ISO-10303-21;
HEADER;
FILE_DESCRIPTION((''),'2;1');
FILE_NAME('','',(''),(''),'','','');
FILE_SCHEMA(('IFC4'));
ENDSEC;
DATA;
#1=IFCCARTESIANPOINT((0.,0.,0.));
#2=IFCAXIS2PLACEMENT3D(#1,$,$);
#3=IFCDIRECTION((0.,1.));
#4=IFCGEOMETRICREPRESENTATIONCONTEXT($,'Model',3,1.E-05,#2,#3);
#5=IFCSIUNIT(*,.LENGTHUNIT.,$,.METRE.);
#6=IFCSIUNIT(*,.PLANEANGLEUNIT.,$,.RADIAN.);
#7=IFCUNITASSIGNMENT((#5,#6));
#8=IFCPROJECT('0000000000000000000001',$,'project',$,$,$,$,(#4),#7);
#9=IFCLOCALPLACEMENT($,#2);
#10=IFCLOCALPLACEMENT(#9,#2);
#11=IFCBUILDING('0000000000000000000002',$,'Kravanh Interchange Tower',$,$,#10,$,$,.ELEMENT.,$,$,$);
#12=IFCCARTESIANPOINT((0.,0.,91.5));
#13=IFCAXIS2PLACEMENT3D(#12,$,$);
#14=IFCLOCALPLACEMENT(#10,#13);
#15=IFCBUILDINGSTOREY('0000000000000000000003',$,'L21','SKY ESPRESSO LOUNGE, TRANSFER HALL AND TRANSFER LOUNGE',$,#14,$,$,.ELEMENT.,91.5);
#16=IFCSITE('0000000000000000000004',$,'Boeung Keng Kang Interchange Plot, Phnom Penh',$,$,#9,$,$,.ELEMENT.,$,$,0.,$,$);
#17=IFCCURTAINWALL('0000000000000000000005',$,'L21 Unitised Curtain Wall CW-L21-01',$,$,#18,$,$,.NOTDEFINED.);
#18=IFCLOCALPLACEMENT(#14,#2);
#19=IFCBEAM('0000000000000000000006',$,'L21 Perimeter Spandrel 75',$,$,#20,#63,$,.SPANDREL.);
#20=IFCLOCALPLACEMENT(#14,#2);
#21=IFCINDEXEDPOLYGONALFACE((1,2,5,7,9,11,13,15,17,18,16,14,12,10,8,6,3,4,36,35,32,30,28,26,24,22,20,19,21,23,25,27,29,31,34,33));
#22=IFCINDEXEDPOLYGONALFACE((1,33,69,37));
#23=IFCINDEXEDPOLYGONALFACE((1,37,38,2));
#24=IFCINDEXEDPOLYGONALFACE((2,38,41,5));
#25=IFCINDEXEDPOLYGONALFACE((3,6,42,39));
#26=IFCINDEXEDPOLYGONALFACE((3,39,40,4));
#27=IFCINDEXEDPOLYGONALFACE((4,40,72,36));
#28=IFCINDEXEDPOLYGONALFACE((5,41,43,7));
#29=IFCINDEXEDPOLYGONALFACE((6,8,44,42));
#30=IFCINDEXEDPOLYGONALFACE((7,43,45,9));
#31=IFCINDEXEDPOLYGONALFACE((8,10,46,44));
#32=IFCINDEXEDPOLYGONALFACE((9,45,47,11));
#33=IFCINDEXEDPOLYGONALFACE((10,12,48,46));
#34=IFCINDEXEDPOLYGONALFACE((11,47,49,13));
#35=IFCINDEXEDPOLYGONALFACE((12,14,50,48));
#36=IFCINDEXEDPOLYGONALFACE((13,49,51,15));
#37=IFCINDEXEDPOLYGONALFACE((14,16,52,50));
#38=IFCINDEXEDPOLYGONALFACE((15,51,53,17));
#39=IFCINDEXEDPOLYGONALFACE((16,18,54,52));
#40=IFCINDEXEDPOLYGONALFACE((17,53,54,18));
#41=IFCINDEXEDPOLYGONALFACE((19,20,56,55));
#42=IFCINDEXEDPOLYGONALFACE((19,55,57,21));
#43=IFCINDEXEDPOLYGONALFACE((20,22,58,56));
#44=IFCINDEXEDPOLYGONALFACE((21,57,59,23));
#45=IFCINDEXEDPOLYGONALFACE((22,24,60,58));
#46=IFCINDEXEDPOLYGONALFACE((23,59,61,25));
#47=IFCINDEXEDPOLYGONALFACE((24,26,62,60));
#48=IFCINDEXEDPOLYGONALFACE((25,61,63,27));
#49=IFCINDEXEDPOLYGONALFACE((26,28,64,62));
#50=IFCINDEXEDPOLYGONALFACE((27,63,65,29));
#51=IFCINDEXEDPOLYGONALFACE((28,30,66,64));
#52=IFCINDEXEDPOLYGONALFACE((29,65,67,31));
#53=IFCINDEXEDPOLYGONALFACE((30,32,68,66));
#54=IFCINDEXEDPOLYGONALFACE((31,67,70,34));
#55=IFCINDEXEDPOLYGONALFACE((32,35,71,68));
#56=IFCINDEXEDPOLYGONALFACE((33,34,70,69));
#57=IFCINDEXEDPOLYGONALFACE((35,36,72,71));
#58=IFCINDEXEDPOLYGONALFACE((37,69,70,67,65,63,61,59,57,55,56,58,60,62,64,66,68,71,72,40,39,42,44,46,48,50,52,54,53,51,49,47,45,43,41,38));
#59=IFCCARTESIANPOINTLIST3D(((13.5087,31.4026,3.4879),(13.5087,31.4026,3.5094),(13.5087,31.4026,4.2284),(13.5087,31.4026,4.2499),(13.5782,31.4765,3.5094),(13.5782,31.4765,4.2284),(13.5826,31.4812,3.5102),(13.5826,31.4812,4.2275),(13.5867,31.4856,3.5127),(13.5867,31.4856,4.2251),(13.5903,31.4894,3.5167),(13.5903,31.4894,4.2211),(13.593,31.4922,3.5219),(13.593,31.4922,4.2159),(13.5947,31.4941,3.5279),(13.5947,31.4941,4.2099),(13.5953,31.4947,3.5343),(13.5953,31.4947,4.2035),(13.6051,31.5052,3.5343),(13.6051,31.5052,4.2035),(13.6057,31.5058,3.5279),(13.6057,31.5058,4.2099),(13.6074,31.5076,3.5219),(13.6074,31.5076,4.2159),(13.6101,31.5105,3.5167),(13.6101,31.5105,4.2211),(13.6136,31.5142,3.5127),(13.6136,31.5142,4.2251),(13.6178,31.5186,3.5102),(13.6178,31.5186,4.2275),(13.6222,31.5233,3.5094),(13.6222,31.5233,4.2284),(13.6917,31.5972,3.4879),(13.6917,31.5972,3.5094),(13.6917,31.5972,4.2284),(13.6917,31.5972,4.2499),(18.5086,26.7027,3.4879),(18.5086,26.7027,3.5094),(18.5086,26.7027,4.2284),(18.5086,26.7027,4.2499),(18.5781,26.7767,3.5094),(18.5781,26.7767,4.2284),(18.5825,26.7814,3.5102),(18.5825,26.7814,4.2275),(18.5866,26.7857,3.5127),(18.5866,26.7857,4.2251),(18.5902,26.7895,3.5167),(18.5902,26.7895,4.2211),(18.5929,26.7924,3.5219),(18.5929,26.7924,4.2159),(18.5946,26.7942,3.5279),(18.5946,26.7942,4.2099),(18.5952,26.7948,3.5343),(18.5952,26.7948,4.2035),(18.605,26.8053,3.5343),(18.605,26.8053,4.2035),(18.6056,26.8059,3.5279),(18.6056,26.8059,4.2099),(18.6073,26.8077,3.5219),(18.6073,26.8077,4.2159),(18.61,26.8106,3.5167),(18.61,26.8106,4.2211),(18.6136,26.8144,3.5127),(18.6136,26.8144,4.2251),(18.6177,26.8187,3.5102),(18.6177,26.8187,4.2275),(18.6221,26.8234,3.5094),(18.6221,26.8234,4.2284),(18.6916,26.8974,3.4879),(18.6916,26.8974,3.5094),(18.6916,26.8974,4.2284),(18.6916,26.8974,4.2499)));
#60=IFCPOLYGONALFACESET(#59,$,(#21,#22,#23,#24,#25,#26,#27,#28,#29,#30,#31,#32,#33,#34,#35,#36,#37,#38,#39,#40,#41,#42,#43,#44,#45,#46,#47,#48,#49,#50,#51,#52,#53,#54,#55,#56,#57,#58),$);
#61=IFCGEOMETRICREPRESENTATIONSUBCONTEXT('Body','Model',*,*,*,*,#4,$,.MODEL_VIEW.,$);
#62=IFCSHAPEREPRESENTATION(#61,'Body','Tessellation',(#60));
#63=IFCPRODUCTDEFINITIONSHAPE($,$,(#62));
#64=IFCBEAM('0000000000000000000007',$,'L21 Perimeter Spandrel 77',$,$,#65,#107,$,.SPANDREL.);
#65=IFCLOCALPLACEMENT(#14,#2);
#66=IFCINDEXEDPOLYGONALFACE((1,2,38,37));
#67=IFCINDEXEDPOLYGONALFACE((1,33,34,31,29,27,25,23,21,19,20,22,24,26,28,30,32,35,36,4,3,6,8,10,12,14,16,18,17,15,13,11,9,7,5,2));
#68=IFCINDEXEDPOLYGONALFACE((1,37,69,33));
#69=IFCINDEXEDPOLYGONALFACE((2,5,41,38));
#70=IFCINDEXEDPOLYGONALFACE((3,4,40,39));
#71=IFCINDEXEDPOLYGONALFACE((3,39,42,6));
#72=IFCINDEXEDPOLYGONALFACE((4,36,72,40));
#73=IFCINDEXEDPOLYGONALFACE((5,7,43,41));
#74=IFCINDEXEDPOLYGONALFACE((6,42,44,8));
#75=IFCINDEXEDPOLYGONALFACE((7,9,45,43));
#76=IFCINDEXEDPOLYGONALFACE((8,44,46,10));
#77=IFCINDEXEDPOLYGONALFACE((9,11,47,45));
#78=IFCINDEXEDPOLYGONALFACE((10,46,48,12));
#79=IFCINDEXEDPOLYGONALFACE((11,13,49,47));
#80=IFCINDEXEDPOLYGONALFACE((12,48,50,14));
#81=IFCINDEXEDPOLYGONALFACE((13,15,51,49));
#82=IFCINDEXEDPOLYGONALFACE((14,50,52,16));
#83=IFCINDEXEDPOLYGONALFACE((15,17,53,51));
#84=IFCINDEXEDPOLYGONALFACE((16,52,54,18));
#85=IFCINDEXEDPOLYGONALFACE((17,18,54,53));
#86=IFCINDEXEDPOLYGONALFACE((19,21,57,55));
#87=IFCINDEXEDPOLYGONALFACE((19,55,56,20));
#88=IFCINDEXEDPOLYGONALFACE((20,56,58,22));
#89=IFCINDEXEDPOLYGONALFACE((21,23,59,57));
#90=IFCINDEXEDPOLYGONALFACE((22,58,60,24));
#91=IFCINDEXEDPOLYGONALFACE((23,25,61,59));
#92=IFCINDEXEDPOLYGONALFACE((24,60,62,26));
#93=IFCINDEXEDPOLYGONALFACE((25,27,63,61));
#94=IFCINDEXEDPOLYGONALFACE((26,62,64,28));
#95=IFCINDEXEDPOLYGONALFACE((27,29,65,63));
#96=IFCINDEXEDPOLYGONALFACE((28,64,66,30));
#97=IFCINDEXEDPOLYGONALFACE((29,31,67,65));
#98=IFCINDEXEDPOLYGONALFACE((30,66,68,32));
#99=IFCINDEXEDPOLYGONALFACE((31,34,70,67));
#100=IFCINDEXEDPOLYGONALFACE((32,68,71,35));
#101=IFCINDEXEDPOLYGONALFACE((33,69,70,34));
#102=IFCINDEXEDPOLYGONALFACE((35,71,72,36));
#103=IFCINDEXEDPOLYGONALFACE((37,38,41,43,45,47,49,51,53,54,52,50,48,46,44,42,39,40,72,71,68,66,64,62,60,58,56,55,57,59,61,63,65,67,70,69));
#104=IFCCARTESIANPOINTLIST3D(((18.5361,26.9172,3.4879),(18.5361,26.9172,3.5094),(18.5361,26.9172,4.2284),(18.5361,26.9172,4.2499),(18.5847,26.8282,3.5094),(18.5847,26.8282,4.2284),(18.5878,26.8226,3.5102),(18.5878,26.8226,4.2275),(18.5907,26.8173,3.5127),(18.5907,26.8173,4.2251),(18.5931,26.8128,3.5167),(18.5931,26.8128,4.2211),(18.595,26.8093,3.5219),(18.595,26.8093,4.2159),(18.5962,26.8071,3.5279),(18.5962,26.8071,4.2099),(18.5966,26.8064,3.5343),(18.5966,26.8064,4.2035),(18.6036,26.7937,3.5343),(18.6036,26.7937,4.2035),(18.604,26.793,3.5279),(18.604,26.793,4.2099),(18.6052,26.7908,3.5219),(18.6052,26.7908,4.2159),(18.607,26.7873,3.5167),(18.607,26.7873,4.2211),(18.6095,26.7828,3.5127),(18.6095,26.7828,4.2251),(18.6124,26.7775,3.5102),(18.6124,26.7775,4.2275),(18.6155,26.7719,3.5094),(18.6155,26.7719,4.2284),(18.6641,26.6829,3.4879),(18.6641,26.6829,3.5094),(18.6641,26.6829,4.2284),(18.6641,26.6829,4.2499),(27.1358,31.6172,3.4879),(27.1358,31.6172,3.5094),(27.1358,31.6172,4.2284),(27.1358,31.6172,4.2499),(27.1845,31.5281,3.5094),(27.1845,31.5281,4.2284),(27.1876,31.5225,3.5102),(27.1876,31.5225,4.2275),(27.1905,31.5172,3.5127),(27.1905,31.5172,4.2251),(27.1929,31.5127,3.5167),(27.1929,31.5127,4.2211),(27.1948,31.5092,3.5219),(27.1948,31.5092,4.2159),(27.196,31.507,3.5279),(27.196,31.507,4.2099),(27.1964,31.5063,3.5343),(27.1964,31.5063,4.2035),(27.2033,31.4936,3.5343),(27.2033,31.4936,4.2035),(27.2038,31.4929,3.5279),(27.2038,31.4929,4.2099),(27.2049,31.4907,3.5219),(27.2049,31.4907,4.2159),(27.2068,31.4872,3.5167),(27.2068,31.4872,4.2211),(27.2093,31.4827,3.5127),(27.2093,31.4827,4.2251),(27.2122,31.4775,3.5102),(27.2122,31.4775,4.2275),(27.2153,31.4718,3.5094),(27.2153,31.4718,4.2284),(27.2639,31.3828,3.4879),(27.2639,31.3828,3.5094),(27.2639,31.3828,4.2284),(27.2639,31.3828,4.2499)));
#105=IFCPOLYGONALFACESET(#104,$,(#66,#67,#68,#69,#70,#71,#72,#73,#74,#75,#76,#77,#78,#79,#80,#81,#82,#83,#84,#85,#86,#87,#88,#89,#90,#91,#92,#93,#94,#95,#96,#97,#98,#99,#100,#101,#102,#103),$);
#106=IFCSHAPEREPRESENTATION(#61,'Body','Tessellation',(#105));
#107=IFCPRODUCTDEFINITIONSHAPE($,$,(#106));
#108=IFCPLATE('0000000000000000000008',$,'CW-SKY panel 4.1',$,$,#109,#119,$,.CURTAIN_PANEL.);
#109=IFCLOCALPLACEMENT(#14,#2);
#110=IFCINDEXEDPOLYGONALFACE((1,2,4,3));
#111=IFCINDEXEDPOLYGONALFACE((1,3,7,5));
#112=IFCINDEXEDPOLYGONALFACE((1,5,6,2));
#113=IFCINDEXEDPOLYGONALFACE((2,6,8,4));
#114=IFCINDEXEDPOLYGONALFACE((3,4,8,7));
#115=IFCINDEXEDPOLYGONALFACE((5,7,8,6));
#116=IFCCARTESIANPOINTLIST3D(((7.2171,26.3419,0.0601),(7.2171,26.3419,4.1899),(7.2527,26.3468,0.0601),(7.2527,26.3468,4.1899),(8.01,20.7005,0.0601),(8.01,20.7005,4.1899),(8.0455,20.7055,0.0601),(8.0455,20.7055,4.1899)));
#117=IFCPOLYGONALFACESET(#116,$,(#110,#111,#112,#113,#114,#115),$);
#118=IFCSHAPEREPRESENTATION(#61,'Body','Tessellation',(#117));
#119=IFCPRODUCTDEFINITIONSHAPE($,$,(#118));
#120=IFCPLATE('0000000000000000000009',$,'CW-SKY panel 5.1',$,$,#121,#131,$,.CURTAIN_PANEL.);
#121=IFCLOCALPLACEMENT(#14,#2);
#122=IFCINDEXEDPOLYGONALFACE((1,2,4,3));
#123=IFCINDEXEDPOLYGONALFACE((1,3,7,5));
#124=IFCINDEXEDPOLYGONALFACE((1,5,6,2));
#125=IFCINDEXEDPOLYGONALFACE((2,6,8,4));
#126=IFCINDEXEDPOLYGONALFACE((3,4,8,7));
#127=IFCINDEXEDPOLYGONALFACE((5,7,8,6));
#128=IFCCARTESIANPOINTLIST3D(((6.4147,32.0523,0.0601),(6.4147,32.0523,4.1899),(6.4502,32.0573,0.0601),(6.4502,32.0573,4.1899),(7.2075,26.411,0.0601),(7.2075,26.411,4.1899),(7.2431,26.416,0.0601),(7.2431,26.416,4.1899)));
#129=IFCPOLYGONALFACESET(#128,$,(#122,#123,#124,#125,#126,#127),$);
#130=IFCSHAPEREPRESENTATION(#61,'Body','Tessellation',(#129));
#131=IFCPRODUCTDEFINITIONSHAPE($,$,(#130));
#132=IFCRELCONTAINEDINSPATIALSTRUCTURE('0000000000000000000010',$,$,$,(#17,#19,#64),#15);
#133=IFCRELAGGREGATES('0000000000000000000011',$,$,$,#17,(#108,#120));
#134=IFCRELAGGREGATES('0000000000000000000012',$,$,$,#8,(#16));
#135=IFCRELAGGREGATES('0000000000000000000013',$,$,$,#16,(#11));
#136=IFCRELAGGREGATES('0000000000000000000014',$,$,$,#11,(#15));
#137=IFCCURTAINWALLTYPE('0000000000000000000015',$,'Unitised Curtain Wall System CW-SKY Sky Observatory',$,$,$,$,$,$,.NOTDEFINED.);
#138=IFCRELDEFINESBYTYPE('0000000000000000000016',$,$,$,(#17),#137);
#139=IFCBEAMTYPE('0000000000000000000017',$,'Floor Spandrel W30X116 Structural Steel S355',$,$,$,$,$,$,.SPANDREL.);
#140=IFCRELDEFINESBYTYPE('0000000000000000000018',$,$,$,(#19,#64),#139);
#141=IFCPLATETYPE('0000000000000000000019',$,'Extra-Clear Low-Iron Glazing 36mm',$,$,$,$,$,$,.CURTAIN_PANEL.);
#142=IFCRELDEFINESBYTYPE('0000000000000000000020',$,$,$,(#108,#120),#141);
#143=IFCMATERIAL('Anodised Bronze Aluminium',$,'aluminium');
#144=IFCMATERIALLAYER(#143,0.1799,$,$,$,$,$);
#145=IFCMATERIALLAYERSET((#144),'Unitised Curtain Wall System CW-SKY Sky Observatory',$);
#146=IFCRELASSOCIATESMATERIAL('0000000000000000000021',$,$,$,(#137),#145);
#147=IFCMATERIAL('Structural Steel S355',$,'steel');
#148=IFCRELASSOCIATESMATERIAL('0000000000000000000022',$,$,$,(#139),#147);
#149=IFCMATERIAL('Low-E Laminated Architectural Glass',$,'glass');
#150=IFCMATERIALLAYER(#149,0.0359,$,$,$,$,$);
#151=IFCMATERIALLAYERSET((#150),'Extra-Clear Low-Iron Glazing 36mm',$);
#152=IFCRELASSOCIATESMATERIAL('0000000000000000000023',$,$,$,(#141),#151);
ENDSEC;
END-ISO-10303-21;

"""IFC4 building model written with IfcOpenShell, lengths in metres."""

from ifc_helpers import new_model, si_unit, direction, frame, origin, origin_2d, place, context, subcontext, project, spatial, rectangle, i_section, extrude, material, layer, layer_set, material_profile, profile_set, type_object, element, aggregate, save


model = new_model("IFC4")

# Units and contexts
model_context = context("Model", 3, precision=1e-05, world=origin(), true_north=direction((0.0, 1.0)))
body_context = subcontext(model_context, "Body", "Model", "MODEL_VIEW")
ifc_project = project(units=[si_unit("LENGTHUNIT", "METRE"), si_unit("PLANEANGLEUNIT", "RADIAN")], contexts=[model_context])

# Site, building, storey
site_placement = place(None, origin())
site = spatial("IfcSite", under=ifc_project, at=site_placement, Name="Boeung Keng Kang Interchange Plot, Phnom Penh", CompositionType="ELEMENT", RefElevation=0.0)
building_placement = place(site_placement, origin())
building = spatial("IfcBuilding", under=site, at=building_placement, Name="Kravanh Interchange Tower", CompositionType="ELEMENT")
storey_placement = place(building_placement, frame((0.0, 0.0, 91.5)))
storey = spatial("IfcBuildingStorey", under=building, at=storey_placement, Name="L21", Description="SKY ESPRESSO LOUNGE, TRANSFER HALL AND TRANSFER LOUNGE", CompositionType="ELEMENT", Elevation=91.5)

# Curtain wall
ifc_material_1 = material(Name="Anodised Bronze Aluminium", Category="aluminium")
ifc_layer_1 = layer(ifc_material_1, 0.1799)
ifc_layer_set_1 = layer_set([ifc_layer_1], Name="Unitised Curtain Wall System CW-SKY Sky Observatory")
curtain_wall_type = type_object("IfcCurtainWallType", Name="Unitised Curtain Wall System CW-SKY Sky Observatory", PredefinedType="NOTDEFINED", material=ifc_layer_set_1)
curtain_wall_placement = place(storey_placement, origin())
curtain_wall = element("IfcCurtainWall", 1, at=curtain_wall_placement, inside=storey, type_object=curtain_wall_type, Name="L21 Unitised Curtain Wall CW-L21-01", PredefinedType="NOTDEFINED")

# Beams
ifc_material_2 = material(Name="Structural Steel S355", Category="steel")
ifc_material_profile_1 = material_profile(ifc_material_2, i_section(OverallWidth=0.2671, OverallDepth=0.762, WebThickness=0.0144, FlangeThickness=0.0215, FilletRadius=0.0249, at=origin_2d()), Name="W30X116")
ifc_profile_set_1 = profile_set([ifc_material_profile_1], Name="Structural Steel S355")
beam_type_1 = type_object("IfcBeamType", Name="Floor Spandrel W30X116 Structural Steel S355", PredefinedType="SPANDREL", material=ifc_profile_set_1)
for number, where, z_axis, x_axis, name in (
    (2, (18.6001, 26.8, 3.8689), (-0.728631, 0.684906, 0.0), (-0.684906, -0.728631, 0.0), "L21 Perimeter Spandrel 75"),
):
    element("IfcBeam", number, at=place(storey_placement, frame(where, z_axis=z_axis, x_axis=x_axis)), inside=storey, type_object=beam_type_1, Name=name, PredefinedType="SPANDREL", context=body_context, shape_type="SweptSolid", body=[
        extrude(i_section(OverallWidth=0.2671, OverallDepth=0.762, WebThickness=0.0144, FlangeThickness=0.0215, FilletRadius=0.0249, at=origin_2d()), origin(), (0.0, 0.0, 1.0), 6.8621),
    ])
beam_1_placement = place(storey_placement, frame((18.6001, 26.8, 3.8689), z_axis=(0.877504, 0.479569, 0.0), x_axis=(-0.479569, 0.877504, 0.0)))
element("IfcBeam", 3, at=beam_1_placement, inside=storey, type_object=beam_type_1, Name="L21 Perimeter Spandrel 77", PredefinedType="SPANDREL", context=body_context, shape_type="SweptSolid", body=[
    extrude(i_section(OverallWidth=0.2671, OverallDepth=0.762, WebThickness=0.0144, FlangeThickness=0.0215, FilletRadius=0.0249, at=origin_2d()), origin(), (0.0, 0.0, 1.0), 9.8003),
])

# Plates
ifc_material_3 = material(Name="Low-E Laminated Architectural Glass", Category="glass")
ifc_layer_2 = layer(ifc_material_3, 0.0359)
ifc_layer_set_2 = layer_set([ifc_layer_2], Name="Extra-Clear Low-Iron Glazing 36mm")
plate_type = type_object("IfcPlateType", Name="Extra-Clear Low-Iron Glazing 36mm", PredefinedType="CURTAIN_PANEL", material=ifc_layer_set_2)
plate_1_placement = place(storey_placement, frame((7.6313, 23.5237, 0.0601), z_axis=(0.0, 0.0, 1.0), x_axis=(-0.139177, 0.990268, 0.0)))
plate_1 = element("IfcPlate", 4, at=plate_1_placement, type_object=plate_type, Name="CW-SKY panel 4.1", PredefinedType="CURTAIN_PANEL", context=body_context, shape_type="SweptSolid", body=[
    extrude(rectangle(XDim=5.6968, YDim=0.0359, at=origin_2d()), origin(), (0.0, 0.0, 1.0), 4.1299),
])
plate_2_placement = place(storey_placement, frame((6.8289, 29.2341, 0.0601), z_axis=(0.0, 0.0, 1.0), x_axis=(-0.139177, 0.990268, 0.0)))
plate_2 = element("IfcPlate", 5, at=plate_2_placement, type_object=plate_type, Name="CW-SKY panel 5.1", PredefinedType="CURTAIN_PANEL", context=body_context, shape_type="SweptSolid", body=[
    extrude(rectangle(XDim=5.6968, YDim=0.0359, at=origin_2d()), origin(), (0.0, 0.0, 1.0), 4.1299),
])
aggregate(curtain_wall, [plate_1, plate_2])

save(model, "model.ifc")
